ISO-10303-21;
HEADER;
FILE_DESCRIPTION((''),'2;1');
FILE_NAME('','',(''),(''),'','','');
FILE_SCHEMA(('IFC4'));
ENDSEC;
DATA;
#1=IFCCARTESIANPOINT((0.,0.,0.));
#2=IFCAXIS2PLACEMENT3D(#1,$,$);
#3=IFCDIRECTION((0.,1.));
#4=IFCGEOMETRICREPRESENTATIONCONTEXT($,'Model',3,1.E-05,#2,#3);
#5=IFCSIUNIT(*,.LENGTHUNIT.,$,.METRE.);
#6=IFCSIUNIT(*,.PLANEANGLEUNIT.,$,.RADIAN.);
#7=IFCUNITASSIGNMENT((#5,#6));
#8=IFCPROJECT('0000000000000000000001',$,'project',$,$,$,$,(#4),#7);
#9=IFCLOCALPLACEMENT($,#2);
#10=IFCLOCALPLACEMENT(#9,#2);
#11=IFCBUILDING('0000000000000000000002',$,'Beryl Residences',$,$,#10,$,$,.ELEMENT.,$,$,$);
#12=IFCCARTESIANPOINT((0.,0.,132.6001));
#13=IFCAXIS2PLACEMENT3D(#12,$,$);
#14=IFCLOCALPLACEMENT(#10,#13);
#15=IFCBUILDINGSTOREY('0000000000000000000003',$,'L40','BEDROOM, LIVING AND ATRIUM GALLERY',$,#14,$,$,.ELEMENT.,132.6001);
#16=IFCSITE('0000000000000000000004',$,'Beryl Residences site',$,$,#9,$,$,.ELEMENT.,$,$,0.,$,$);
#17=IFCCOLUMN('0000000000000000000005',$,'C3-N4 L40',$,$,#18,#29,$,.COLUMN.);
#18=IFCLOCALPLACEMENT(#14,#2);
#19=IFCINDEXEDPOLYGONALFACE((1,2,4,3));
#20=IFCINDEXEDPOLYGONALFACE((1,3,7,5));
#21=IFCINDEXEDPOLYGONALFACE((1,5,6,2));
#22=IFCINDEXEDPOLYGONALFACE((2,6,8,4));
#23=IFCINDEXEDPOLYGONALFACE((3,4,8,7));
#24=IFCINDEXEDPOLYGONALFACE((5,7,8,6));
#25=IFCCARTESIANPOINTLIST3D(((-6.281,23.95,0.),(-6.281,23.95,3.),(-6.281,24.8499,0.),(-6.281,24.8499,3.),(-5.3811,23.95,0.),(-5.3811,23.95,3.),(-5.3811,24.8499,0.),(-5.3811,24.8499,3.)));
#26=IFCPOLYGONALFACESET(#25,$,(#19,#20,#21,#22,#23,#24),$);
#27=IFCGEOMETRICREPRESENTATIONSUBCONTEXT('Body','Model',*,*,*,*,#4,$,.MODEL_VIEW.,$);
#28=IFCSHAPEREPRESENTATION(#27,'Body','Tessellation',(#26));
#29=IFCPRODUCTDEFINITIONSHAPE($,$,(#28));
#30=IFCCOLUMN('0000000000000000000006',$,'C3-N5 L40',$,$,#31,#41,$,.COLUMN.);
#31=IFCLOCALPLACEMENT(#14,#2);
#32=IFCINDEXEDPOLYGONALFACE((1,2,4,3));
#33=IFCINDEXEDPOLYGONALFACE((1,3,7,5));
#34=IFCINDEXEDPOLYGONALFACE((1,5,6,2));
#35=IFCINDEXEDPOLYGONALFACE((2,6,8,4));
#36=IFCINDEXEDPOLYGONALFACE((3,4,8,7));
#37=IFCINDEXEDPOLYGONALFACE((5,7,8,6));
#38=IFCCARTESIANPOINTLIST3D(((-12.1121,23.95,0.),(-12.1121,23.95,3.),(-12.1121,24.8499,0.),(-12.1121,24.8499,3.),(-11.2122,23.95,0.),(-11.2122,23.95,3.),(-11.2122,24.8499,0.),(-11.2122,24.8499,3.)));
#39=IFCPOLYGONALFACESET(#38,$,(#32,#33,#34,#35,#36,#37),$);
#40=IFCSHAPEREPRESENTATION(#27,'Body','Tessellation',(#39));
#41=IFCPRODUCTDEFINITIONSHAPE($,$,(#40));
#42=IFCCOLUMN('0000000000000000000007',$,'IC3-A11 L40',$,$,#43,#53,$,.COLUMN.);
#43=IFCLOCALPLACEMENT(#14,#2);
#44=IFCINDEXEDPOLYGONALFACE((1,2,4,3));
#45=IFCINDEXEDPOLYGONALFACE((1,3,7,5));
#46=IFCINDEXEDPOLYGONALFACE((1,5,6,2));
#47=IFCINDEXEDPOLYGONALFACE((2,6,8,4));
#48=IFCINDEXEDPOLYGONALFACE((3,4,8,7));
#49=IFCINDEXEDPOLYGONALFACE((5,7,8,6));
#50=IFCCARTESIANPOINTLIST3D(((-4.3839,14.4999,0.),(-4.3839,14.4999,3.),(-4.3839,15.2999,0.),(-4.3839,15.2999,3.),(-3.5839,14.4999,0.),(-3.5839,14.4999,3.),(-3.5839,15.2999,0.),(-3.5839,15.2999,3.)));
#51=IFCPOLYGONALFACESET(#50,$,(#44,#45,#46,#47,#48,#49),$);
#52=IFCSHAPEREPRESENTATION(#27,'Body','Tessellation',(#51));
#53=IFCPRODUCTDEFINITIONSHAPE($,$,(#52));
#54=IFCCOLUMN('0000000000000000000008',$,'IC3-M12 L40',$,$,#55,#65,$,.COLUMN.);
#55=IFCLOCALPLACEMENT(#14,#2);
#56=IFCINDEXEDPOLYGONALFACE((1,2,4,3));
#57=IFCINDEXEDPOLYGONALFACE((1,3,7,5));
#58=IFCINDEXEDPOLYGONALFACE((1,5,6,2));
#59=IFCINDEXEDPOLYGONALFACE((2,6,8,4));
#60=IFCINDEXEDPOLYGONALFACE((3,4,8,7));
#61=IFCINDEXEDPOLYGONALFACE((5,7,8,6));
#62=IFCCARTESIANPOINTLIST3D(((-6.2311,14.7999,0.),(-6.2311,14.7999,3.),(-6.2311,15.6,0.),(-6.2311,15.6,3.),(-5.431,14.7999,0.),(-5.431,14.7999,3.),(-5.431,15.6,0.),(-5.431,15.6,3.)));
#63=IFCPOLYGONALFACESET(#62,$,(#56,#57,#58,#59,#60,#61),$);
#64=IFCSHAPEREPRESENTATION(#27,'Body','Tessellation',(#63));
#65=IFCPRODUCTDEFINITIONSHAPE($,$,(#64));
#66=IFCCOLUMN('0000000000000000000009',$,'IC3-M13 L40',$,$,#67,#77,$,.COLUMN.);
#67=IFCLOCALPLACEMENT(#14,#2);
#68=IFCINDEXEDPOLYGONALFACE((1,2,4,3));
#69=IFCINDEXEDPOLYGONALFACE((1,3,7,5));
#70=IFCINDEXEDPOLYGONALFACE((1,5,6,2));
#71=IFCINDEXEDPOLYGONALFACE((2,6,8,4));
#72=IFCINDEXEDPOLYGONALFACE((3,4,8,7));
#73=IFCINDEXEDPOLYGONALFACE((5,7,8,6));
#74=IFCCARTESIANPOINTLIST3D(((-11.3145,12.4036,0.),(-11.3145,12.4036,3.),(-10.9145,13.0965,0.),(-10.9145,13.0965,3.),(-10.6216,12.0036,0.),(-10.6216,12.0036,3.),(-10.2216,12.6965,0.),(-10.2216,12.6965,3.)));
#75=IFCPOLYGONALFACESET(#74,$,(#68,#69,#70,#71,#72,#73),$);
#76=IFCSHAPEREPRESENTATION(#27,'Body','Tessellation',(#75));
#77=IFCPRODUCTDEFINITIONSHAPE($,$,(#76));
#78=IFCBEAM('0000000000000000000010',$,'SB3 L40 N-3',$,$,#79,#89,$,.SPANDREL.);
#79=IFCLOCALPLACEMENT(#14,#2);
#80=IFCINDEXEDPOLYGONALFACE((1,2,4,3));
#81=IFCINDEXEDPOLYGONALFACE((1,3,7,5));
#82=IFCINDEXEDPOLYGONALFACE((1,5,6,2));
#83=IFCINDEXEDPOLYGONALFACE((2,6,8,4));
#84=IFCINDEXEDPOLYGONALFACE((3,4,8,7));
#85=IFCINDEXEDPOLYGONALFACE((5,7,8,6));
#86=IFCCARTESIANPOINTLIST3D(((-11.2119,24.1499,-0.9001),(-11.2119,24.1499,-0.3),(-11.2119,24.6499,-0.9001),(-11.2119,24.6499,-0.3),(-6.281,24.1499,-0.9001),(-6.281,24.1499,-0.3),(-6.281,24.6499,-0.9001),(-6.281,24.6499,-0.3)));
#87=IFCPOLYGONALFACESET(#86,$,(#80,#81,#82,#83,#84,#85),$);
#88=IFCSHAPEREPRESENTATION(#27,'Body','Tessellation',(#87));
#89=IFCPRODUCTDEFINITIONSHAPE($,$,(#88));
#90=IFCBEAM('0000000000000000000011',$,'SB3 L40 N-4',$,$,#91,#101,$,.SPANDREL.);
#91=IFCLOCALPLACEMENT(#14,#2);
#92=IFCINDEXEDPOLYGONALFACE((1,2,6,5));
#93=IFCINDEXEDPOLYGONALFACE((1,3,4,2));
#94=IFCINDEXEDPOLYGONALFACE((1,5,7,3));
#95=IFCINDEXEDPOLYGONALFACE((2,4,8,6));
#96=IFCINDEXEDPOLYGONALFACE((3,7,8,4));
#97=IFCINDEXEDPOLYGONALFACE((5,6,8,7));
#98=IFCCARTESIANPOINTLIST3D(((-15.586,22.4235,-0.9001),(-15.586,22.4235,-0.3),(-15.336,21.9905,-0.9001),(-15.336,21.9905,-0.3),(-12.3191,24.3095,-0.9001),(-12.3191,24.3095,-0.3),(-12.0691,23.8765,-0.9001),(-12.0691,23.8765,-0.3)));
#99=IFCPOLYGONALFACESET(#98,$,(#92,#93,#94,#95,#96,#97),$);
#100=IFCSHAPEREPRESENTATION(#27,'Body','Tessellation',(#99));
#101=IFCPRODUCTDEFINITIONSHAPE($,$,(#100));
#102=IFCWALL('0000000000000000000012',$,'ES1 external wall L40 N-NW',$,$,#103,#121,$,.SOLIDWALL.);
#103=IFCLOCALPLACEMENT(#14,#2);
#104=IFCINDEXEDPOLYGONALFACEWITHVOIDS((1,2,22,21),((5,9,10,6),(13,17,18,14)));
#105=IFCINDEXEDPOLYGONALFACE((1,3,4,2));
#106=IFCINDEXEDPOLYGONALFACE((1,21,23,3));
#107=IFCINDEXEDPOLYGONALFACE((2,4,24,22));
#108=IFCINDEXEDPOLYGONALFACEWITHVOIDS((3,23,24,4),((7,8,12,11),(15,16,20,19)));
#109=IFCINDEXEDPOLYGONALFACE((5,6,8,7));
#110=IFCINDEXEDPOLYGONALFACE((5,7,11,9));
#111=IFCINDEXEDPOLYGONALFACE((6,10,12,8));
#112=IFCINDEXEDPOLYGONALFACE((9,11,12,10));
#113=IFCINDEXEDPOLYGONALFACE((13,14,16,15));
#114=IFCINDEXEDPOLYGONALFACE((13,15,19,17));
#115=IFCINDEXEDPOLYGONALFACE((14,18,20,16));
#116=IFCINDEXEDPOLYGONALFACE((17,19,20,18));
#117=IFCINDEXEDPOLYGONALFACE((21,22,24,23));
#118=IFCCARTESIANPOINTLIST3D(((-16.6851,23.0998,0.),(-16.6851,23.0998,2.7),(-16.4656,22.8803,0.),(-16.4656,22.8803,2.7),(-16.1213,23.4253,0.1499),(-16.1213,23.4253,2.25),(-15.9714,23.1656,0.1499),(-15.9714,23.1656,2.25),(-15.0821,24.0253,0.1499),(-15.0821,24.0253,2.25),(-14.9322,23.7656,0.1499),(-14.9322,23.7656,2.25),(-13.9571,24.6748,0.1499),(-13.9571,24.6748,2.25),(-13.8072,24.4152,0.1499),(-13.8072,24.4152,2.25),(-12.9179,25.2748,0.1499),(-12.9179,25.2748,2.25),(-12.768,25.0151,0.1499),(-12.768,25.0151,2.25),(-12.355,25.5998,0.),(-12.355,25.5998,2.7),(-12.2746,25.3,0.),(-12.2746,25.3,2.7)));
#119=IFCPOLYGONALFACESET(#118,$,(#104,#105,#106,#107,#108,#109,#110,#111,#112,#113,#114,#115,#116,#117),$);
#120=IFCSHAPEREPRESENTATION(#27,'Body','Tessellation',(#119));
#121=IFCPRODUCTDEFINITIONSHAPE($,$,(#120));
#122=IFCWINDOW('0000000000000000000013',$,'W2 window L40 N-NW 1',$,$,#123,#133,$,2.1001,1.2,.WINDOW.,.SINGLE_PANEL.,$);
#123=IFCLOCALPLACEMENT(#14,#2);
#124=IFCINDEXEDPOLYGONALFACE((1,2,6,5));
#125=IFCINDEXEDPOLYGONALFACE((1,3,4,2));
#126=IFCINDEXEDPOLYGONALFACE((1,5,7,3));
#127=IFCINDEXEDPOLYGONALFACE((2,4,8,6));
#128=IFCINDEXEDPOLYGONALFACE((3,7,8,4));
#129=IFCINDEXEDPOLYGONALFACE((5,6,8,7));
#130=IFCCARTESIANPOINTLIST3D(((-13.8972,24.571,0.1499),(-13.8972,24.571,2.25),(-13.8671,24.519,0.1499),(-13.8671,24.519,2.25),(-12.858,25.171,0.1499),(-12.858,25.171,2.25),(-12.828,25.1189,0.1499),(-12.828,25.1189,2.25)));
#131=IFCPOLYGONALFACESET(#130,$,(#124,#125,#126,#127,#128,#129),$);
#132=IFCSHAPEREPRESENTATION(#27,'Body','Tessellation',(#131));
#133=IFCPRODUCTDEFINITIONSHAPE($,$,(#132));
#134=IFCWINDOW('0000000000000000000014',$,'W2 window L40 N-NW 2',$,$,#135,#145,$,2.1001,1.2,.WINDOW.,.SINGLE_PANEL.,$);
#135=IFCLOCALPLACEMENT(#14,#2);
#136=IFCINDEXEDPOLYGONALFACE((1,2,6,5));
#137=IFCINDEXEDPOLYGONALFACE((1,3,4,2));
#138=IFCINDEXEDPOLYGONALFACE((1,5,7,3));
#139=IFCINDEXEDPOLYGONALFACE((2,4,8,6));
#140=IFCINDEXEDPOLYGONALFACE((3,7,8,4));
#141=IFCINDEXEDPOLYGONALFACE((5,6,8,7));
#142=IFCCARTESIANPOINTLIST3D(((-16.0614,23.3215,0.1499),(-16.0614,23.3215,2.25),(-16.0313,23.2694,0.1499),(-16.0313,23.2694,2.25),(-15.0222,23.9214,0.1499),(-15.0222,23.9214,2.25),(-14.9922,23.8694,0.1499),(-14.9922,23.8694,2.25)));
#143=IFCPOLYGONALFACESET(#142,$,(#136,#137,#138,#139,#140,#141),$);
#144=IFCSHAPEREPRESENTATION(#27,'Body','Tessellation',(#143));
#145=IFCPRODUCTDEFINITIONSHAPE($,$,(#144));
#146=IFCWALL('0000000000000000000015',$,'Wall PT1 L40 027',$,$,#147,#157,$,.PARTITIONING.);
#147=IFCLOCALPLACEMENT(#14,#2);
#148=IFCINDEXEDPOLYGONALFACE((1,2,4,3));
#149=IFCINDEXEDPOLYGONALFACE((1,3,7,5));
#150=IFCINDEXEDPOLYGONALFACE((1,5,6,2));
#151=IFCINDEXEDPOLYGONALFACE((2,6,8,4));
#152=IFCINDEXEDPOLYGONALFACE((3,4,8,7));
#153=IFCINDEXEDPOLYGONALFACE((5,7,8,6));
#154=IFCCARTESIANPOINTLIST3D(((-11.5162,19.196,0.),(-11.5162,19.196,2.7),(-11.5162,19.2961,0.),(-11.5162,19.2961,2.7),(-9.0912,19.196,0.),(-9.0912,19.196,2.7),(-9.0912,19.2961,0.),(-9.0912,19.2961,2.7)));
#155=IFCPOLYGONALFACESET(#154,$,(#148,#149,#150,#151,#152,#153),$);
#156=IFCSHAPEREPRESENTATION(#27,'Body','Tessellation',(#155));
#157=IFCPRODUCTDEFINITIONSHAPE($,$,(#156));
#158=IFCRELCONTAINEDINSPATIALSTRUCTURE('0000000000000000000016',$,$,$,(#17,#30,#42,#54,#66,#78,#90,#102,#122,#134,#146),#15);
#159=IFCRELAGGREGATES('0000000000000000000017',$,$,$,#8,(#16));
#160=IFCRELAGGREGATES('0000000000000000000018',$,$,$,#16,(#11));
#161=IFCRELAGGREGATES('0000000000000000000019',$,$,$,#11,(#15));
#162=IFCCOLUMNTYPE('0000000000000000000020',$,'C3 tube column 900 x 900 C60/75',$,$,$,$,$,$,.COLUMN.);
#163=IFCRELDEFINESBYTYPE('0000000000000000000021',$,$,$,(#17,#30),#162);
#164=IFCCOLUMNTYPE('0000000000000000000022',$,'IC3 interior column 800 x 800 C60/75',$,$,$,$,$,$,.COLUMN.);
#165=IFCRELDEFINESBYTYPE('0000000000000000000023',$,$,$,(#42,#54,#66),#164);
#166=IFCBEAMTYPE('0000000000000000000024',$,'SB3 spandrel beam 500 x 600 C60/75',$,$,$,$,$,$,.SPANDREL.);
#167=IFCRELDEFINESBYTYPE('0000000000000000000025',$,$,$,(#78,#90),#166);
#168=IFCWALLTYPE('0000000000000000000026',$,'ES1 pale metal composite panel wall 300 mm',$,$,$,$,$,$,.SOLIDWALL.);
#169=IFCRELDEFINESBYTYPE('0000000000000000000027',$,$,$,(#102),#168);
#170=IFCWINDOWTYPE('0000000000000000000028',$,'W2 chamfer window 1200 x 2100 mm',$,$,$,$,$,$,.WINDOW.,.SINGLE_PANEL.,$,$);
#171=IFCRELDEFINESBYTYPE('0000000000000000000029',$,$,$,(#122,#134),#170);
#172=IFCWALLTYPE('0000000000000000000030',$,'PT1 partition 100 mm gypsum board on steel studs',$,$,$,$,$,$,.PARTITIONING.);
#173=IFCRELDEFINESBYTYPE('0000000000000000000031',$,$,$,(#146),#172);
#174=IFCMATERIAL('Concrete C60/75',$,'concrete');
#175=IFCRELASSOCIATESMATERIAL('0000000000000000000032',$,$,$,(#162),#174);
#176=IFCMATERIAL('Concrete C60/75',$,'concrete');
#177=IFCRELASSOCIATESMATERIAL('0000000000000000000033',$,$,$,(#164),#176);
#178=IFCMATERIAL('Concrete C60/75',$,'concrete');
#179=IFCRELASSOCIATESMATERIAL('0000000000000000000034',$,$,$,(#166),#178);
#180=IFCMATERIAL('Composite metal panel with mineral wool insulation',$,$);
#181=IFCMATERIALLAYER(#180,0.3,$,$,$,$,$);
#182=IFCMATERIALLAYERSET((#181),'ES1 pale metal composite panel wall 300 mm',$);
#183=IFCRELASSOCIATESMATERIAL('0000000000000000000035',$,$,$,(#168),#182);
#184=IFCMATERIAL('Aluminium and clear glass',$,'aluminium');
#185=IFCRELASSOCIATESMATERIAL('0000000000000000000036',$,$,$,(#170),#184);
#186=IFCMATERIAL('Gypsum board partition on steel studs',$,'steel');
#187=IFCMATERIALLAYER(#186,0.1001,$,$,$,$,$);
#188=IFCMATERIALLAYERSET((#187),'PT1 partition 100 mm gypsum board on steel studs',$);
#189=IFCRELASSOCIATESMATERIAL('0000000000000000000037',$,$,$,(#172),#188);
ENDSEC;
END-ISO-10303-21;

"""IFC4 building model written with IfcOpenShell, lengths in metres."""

from ifc_helpers import new_model, si_unit, direction, frame, frame_2d, origin, origin_2d, place, context, subcontext, project, spatial, polyline, rectangle, outline, extrude, material, layer, layer_set, material_profile, profile_set, type_object, element, fill, save


model = new_model("IFC4")

# Units and contexts
model_context = context("Model", 3, precision=1e-05, world=origin(), true_north=direction((0.0, 1.0)))
body_context = subcontext(model_context, "Body", "Model", "MODEL_VIEW")
ifc_project = project(units=[si_unit("LENGTHUNIT", "METRE"), si_unit("PLANEANGLEUNIT", "RADIAN")], contexts=[model_context])

# Site, building, storey
site_placement = place(None, origin())
site = spatial("IfcSite", under=ifc_project, at=site_placement, Name="Beryl Residences site", CompositionType="ELEMENT", RefElevation=0.0)
building_placement = place(site_placement, origin())
building = spatial("IfcBuilding", under=site, at=building_placement, Name="Beryl Residences", CompositionType="ELEMENT")
storey_placement = place(building_placement, frame((0.0, 0.0, 132.6001)))
storey = spatial("IfcBuildingStorey", under=building, at=storey_placement, Name="L40", Description="BEDROOM, LIVING AND ATRIUM GALLERY", CompositionType="ELEMENT", Elevation=132.6001)

# Columns
ifc_material_1 = material(Name="Concrete C60/75", Category="concrete")
ifc_material_profile_1 = material_profile(ifc_material_1, rectangle(XDim=0.8999, YDim=0.8999, at=origin_2d()))
ifc_profile_set_1 = profile_set([ifc_material_profile_1], Name="Concrete C60/75")
column_type_1 = type_object("IfcColumnType", Name="C3 tube column 900 x 900 C60/75", PredefinedType="COLUMN", material=ifc_profile_set_1)
for number, where, z_axis, x_axis, name in (
    (1, (-5.8311, 24.3999, 0.0), (0.0, 0.0, 1.0), (-1.0, 0.0, 0.0), "C3-N4 L40"),
    (2, (-11.6621, 24.3999, 0.0), (0.0, 0.0, 1.0), (-1.0, 0.0, 0.0), "C3-N5 L40"),
):
    element("IfcColumn", number, at=place(storey_placement, frame(where, z_axis=z_axis, x_axis=x_axis)), inside=storey, type_object=column_type_1, Name=name, PredefinedType="COLUMN", context=body_context, shape_type="SweptSolid", body=[
        extrude(rectangle(XDim=0.8999, YDim=0.8999, at=origin_2d()), origin(), (0.0, 0.0, 1.0), 3.0),
    ])
ifc_material_2 = material(Name="Concrete C60/75", Category="concrete")
ifc_material_profile_2 = material_profile(ifc_material_2, rectangle(XDim=0.8, YDim=0.8, at=origin_2d()))
ifc_profile_set_2 = profile_set([ifc_material_profile_2], Name="Concrete C60/75")
column_type_2 = type_object("IfcColumnType", Name="IC3 interior column 800 x 800 C60/75", PredefinedType="COLUMN", material=ifc_profile_set_2)
for number, where, z_axis, x_axis, name in (
    (3, (-3.9839, 14.8999, 0.0), (0.0, 0.0, 1.0), (1.0, 0.0, 0.0), "IC3-A11 L40"),
    (4, (-5.8311, 15.2, 0.0), (0.0, 0.0, 1.0), (-1.0, 0.0, 0.0), "IC3-M12 L40"),
    (5, (-10.7681, 12.55, 0.0), (0.0, 0.0, 1.0), (-0.5, -0.866025, 0.0), "IC3-M13 L40"),
):
    element("IfcColumn", number, at=place(storey_placement, frame(where, z_axis=z_axis, x_axis=x_axis)), inside=storey, type_object=column_type_2, Name=name, PredefinedType="COLUMN", context=body_context, shape_type="SweptSolid", body=[
        extrude(rectangle(XDim=0.8, YDim=0.8, at=origin_2d()), origin(), (0.0, 0.0, 1.0), 3.0),
    ])

# Beams
ifc_material_3 = material(Name="Concrete C60/75", Category="concrete")
ifc_material_profile_3 = material_profile(ifc_material_3, rectangle(XDim=0.5, YDim=0.6001, at=origin_2d()))
ifc_profile_set_3 = profile_set([ifc_material_profile_3], Name="Concrete C60/75")
beam_type = type_object("IfcBeamType", Name="SB3 spandrel beam 500 x 600 C60/75", PredefinedType="SPANDREL", material=ifc_profile_set_3)
beam_1_placement = place(storey_placement, frame((-6.281, 24.3999, -0.6001), z_axis=(-1.0, 0.0, 0.0), x_axis=(0.0, -1.0, 0.0)))
element("IfcBeam", 6, at=beam_1_placement, inside=storey, type_object=beam_type, Name="SB3 L40 N-3", PredefinedType="SPANDREL", context=body_context, shape_type="SweptSolid", body=[
    extrude(rectangle(XDim=0.5, YDim=0.6001, at=origin_2d()), origin(), (0.0, 0.0, 1.0), 4.9309),
])
beam_2_placement = place(storey_placement, frame((-12.1941, 24.093, -0.6001), z_axis=(-0.86604, -0.499975, 0.0), x_axis=(0.499975, -0.86604, 0.0)))
element("IfcBeam", 7, at=beam_2_placement, inside=storey, type_object=beam_type, Name="SB3 L40 N-4", PredefinedType="SPANDREL", context=body_context, shape_type="SweptSolid", body=[
    extrude(rectangle(XDim=0.5, YDim=0.6001, at=origin_2d()), origin(), (0.0, 0.0, 1.0), 3.7722),
])

# Wall, openings, windows
ifc_material_4 = material(Name="Composite metal panel with mineral wool insulation")
ifc_layer_1 = layer(ifc_material_4, 0.3)
ifc_layer_set_1 = layer_set([ifc_layer_1], Name="ES1 pale metal composite panel wall 300 mm")
wall_type_1 = type_object("IfcWallType", Name="ES1 pale metal composite panel wall 300 mm", PredefinedType="SOLIDWALL", material=ifc_layer_set_1)
wall_1_placement = place(storey_placement, frame((-12.28, 25.47, 0.0), z_axis=(0.0, 0.0, 1.0), x_axis=(-0.866023, -0.500004, 0.0)))
wall_1 = element("IfcWall", 8, at=wall_1_placement, inside=storey, type_object=wall_type_1, Name="ES1 external wall L40 N-NW", PredefinedType="SOLIDWALL", context=body_context, shape_type="SweptSolid", body=[
    extrude(outline(polyline([(0.0, -0.1499), (5.0, -0.1499), (4.9197, 0.1499), (0.0803, 0.1499), (0.0, -0.1499)])), origin(), (0.0, 0.0, 1.0), 2.7),
])
opening_1_placement = place(wall_1_placement, frame((0.6499, 0.0, 0.1499)))
opening_1 = element("IfcOpeningElement", 9, at=opening_1_placement, cuts=wall_1, PredefinedType="OPENING", context=body_context, shape_type="SweptSolid", body=[
    extrude(rectangle(XDim=1.2, YDim=2.1001, at=frame_2d((0.6001, 1.05))), frame((0.0, 0.1599, 0.0), z_axis=(0.0, -1.0, 0.0), x_axis=(1.0, 0.0, 0.0)), (0.0, 0.0, 1.0), 0.3201),
])
opening_2_placement = place(wall_1_placement, frame((3.1489, 0.0, 0.1499)))
opening_2 = element("IfcOpeningElement", 10, at=opening_2_placement, cuts=wall_1, PredefinedType="OPENING", context=body_context, shape_type="SweptSolid", body=[
    extrude(rectangle(XDim=1.2, YDim=2.1001, at=frame_2d((0.6001, 1.05))), frame((0.0, 0.1599, 0.0), z_axis=(0.0, -1.0, 0.0), x_axis=(1.0, 0.0, 0.0)), (0.0, 0.0, 1.0), 0.3201),
])
ifc_material_5 = material(Name="Aluminium and clear glass", Category="aluminium")
window_type = type_object("IfcWindowType", Name="W2 chamfer window 1200 x 2100 mm", PartitioningType="SINGLE_PANEL", PredefinedType="WINDOW", material=ifc_material_5)
window_1_placement = place(opening_1_placement, origin())
window_1 = element("IfcWindow", 11, at=window_1_placement, inside=storey, type_object=window_type, Name="W2 window L40 N-NW 1", OverallHeight=2.1001, OverallWidth=1.2, PartitioningType="SINGLE_PANEL", PredefinedType="WINDOW", context=body_context, shape_type="SweptSolid", body=[
    extrude(rectangle(XDim=1.2, YDim=2.1001, at=frame_2d((0.6001, 1.05))), frame((0.0, 0.03, 0.0), z_axis=(0.0, -1.0, 0.0), x_axis=(1.0, 0.0, 0.0)), (0.0, 0.0, 1.0), 0.0601),
])
fill(opening_1, window_1)
window_2_placement = place(opening_2_placement, origin())
window_2 = element("IfcWindow", 12, at=window_2_placement, inside=storey, type_object=window_type, Name="W2 window L40 N-NW 2", OverallHeight=2.1001, OverallWidth=1.2, PartitioningType="SINGLE_PANEL", PredefinedType="WINDOW", context=body_context, shape_type="SweptSolid", body=[
    extrude(rectangle(XDim=1.2, YDim=2.1001, at=frame_2d((0.6001, 1.05))), frame((0.0, 0.03, 0.0), z_axis=(0.0, -1.0, 0.0), x_axis=(1.0, 0.0, 0.0)), (0.0, 0.0, 1.0), 0.0601),
])
fill(opening_2, window_2)

# Wall
ifc_material_6 = material(Name="Gypsum board partition on steel studs", Category="steel")
ifc_layer_2 = layer(ifc_material_6, 0.1001)
ifc_layer_set_2 = layer_set([ifc_layer_2], Name="PT1 partition 100 mm gypsum board on steel studs")
wall_type_2 = type_object("IfcWallType", Name="PT1 partition 100 mm gypsum board on steel studs", PredefinedType="PARTITIONING", material=ifc_layer_set_2)
wall_2_placement = place(storey_placement, frame((-11.5161, 19.2461, 0.0), z_axis=(0.0, 0.0, 1.0), x_axis=(1.0, 0.0, 0.0)))
element("IfcWall", 13, at=wall_2_placement, inside=storey, type_object=wall_type_2, Name="Wall PT1 L40 027", PredefinedType="PARTITIONING", context=body_context, shape_type="SweptSolid", body=[
    extrude(rectangle(XDim=2.425, YDim=0.1001, at=frame_2d((1.2124, 0.0))), origin(), (0.0, 0.0, 1.0), 2.7),
])

save(model, "model.ifc")
